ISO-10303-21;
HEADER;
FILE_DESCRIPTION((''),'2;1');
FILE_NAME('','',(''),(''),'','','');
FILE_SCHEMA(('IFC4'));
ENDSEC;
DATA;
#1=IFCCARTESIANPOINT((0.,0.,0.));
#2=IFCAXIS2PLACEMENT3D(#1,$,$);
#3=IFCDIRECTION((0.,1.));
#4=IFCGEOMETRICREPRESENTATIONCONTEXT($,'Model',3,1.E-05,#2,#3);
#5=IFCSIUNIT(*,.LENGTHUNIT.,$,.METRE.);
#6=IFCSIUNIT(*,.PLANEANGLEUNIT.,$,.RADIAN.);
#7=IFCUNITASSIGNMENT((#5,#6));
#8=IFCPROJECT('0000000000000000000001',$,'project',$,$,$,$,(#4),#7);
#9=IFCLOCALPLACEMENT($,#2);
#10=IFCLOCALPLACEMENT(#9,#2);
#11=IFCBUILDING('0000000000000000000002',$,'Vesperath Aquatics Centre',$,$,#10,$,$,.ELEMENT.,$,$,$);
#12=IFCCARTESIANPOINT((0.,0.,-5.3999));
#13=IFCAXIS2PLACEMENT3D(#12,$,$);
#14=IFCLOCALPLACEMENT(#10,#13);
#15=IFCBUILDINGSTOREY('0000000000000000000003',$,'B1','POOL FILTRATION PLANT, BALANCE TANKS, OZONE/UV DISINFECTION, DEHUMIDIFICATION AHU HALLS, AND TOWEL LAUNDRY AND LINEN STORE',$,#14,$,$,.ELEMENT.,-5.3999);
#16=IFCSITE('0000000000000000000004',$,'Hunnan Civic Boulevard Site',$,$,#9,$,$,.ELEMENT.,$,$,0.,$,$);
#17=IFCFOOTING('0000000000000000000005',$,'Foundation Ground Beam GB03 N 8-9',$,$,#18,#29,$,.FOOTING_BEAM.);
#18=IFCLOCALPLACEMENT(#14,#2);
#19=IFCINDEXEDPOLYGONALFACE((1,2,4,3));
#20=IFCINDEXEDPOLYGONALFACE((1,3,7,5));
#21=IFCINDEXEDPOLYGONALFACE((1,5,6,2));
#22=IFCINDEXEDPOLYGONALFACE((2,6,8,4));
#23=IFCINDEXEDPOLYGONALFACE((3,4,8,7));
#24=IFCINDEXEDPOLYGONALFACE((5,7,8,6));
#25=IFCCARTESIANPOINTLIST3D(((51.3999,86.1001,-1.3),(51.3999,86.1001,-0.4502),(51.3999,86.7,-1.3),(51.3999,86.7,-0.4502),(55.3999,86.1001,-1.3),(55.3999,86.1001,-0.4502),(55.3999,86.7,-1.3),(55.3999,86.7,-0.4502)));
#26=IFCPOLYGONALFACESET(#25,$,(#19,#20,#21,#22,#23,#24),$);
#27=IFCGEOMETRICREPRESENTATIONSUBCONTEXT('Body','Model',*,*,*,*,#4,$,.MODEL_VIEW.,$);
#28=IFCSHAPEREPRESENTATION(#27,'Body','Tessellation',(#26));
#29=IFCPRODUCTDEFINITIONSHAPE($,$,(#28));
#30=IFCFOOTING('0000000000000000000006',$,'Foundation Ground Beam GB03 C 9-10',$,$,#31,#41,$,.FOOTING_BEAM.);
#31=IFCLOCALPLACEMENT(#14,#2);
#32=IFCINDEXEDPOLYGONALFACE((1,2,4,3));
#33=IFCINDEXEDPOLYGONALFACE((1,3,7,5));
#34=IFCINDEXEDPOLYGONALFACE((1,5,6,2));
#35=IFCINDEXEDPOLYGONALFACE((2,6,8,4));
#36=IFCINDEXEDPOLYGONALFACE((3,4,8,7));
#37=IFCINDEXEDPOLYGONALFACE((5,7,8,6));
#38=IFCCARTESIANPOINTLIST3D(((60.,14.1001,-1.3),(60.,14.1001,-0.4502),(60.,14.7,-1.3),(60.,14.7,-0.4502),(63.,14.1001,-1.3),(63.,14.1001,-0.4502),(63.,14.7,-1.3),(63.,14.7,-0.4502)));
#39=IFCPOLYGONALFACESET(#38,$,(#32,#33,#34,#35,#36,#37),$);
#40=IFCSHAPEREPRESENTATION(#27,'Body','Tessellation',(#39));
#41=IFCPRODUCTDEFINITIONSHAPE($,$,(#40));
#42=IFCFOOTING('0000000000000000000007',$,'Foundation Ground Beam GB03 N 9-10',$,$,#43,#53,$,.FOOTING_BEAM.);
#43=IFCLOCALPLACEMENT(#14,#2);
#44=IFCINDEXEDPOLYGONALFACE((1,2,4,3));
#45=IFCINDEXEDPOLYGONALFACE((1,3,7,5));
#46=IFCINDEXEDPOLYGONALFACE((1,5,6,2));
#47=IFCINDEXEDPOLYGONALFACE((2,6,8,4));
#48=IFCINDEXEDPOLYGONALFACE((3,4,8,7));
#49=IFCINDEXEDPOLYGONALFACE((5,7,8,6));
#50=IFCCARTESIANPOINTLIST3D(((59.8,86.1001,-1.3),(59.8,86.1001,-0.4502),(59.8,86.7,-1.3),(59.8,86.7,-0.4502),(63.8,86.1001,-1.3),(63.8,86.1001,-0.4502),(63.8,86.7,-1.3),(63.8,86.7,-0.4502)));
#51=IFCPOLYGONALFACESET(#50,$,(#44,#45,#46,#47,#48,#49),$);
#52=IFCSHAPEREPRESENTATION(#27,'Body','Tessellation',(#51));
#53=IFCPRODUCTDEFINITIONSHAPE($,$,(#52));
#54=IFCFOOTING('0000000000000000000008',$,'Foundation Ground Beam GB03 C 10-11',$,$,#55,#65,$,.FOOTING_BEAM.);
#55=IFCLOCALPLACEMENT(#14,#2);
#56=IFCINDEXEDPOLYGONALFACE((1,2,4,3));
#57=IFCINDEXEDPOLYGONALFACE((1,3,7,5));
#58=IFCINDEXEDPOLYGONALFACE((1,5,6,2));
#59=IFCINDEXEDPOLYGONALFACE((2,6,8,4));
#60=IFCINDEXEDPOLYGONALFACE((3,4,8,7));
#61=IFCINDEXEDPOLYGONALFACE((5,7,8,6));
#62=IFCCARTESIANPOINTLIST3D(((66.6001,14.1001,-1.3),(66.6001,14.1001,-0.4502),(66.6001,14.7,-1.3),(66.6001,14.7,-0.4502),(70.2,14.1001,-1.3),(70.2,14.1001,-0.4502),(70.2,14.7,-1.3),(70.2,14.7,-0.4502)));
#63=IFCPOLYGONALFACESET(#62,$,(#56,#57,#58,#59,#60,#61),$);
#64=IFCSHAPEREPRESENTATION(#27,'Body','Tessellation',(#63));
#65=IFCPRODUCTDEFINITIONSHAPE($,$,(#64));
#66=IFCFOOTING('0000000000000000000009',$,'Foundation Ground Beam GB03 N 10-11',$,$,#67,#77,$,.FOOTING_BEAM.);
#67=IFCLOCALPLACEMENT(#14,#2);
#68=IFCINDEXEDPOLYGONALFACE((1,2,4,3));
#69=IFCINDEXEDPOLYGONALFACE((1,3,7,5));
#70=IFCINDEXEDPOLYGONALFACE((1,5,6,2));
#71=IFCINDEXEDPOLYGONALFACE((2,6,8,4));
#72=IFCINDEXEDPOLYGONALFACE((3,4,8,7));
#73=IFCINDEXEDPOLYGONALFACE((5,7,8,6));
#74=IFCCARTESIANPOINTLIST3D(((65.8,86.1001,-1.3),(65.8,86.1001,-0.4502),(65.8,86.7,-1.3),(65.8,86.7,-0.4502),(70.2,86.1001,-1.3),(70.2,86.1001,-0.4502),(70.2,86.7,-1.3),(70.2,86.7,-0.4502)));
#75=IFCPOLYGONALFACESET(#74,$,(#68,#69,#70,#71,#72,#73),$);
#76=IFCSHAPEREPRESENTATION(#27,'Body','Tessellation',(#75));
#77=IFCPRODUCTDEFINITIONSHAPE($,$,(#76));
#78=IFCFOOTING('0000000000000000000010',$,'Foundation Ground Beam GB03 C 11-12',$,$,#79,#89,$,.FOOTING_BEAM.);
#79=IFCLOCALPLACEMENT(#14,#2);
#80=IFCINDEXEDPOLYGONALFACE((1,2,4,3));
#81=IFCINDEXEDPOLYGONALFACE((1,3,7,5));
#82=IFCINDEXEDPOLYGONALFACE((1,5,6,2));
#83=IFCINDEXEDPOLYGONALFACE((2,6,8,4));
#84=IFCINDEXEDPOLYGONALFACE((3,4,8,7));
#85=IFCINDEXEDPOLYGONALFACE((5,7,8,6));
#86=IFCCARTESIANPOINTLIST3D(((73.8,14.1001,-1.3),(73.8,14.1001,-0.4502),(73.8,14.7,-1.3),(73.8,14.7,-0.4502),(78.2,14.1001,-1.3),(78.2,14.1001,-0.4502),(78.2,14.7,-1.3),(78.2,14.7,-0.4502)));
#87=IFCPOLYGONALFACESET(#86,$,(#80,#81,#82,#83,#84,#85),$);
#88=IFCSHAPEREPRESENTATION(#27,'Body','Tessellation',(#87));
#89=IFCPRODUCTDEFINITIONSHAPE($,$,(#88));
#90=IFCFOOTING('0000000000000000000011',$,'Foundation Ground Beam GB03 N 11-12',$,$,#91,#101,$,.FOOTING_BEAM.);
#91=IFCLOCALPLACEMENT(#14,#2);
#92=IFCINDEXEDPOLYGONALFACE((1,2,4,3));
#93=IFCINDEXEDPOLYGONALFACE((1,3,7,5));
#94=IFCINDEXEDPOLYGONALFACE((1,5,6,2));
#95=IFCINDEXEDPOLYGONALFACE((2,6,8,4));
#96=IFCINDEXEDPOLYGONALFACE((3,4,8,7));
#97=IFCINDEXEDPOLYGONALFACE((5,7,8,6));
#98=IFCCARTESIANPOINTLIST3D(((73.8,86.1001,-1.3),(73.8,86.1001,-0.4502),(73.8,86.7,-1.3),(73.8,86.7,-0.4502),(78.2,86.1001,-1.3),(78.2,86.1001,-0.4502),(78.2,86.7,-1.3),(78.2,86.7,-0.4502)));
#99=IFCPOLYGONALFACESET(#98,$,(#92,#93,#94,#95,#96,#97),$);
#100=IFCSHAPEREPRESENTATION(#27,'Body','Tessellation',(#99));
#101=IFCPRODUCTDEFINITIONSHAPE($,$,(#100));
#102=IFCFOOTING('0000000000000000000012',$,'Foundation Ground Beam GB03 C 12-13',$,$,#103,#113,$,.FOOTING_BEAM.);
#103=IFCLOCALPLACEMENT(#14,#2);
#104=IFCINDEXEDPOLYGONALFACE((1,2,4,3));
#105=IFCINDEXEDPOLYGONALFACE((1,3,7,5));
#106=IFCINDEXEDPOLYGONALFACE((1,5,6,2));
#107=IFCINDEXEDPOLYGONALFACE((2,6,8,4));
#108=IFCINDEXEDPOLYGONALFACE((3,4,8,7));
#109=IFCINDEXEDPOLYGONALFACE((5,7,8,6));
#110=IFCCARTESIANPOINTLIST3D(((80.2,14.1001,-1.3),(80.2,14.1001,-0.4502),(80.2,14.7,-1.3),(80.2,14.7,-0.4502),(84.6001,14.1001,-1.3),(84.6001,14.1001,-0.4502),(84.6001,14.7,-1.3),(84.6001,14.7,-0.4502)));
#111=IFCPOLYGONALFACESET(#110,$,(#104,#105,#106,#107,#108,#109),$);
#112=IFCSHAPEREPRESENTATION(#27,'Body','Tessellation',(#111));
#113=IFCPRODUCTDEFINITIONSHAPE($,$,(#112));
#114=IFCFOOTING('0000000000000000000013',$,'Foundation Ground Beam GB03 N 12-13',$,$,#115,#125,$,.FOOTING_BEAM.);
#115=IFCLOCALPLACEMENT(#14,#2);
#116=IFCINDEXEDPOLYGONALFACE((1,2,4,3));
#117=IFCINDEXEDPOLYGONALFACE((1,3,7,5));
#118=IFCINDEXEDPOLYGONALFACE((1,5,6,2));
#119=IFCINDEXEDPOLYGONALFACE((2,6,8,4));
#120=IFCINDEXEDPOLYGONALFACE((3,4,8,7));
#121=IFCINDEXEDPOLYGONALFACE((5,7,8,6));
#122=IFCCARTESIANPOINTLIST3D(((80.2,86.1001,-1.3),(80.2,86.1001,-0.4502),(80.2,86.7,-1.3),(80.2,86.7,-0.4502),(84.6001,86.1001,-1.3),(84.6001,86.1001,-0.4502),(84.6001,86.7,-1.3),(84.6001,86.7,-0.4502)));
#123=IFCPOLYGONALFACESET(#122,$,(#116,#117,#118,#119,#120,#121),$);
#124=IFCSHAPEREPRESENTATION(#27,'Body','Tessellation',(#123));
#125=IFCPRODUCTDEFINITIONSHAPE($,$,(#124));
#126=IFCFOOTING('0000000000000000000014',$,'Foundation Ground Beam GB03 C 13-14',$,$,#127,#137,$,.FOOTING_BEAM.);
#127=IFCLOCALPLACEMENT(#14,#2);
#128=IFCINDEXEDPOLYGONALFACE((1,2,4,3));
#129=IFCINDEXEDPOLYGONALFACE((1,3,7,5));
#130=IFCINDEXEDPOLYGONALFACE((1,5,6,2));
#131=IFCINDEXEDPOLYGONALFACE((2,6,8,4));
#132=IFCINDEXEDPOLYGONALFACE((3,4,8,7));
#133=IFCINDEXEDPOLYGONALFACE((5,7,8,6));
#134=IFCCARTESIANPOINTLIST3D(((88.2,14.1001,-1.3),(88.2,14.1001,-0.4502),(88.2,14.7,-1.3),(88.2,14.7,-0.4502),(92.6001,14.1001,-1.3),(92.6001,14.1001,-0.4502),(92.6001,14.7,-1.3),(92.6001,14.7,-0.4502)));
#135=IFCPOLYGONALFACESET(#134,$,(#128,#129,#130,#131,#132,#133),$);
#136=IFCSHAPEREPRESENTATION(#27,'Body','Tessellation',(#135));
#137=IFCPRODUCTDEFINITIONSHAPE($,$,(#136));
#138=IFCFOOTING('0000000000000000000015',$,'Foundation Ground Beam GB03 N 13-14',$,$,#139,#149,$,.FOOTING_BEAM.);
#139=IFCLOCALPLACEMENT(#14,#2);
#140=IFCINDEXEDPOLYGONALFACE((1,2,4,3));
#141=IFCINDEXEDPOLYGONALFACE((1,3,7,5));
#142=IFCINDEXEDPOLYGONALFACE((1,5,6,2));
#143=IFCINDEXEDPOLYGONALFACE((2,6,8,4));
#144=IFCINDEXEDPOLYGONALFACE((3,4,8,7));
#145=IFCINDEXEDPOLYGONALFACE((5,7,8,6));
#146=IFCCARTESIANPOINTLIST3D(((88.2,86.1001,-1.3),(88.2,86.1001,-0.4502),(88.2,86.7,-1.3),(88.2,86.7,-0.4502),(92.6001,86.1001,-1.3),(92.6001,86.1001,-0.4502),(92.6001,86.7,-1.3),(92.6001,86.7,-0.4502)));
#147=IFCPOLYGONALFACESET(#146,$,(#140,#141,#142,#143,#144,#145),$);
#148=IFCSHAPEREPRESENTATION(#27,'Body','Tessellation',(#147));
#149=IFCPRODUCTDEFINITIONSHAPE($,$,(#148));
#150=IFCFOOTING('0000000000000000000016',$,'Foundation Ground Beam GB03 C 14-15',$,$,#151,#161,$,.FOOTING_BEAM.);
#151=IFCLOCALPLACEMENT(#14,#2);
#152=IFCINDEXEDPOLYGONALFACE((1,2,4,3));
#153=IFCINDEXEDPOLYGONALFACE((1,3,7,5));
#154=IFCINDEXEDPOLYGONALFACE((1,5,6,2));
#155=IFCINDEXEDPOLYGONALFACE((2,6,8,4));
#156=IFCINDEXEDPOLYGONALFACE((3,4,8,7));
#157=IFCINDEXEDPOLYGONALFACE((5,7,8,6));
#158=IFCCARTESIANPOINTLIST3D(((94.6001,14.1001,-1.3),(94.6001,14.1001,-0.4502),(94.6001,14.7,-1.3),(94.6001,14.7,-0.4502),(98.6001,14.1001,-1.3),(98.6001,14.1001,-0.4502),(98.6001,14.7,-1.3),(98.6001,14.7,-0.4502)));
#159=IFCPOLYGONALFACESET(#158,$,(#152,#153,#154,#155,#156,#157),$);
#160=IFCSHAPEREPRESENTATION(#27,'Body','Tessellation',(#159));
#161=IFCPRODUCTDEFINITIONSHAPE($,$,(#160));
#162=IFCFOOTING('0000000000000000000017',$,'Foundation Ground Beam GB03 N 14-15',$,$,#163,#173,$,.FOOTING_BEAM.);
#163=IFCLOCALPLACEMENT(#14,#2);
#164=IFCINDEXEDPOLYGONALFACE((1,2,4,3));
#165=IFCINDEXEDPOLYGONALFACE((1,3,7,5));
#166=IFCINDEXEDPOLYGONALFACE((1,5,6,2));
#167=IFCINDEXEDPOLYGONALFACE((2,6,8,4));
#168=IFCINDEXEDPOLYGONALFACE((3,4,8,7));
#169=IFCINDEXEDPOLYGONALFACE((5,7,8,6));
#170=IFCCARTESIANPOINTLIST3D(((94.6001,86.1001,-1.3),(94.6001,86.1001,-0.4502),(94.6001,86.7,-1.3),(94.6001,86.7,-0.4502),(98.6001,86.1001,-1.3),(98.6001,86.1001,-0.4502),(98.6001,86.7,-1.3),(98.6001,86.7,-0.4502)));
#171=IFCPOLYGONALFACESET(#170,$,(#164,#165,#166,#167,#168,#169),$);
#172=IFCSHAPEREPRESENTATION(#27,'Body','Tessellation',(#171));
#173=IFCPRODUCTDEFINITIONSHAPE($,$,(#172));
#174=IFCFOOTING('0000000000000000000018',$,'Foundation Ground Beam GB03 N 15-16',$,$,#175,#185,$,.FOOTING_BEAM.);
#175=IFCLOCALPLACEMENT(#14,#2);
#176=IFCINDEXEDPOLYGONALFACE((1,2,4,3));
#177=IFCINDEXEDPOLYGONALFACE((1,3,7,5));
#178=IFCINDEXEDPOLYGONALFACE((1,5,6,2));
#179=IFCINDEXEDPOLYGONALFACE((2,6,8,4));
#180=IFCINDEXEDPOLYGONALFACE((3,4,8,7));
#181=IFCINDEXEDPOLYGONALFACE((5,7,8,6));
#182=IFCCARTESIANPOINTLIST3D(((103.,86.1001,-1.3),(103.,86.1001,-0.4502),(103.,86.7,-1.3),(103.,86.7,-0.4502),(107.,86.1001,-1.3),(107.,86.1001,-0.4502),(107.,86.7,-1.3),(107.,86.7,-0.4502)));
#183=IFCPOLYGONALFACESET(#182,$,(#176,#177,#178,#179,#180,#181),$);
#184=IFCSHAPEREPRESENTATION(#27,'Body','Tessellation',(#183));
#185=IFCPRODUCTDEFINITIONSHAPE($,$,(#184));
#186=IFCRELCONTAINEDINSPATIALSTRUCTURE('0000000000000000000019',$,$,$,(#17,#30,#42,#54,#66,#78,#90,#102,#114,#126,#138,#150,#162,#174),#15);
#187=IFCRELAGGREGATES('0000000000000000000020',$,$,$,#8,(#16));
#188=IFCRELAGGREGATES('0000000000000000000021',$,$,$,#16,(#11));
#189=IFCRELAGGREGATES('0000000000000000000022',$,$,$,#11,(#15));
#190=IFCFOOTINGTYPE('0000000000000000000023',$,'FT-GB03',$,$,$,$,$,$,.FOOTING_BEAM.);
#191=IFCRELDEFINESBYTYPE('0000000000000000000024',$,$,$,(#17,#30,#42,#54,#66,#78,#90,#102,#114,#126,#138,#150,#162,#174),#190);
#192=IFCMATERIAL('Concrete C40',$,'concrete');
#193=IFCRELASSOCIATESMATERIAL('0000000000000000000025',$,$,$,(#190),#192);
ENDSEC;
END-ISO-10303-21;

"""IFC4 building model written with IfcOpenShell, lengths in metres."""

from ifc_helpers import new_model, si_unit, direction, frame, origin, place, context, subcontext, project, spatial, polyline, outline, extrude, material, type_object, element, save


model = new_model("IFC4")

# Units and contexts
model_context = context("Model", 3, precision=1e-05, world=origin(), true_north=direction((0.0, 1.0)))
body_context = subcontext(model_context, "Body", "Model", "MODEL_VIEW")
ifc_project = project(units=[si_unit("LENGTHUNIT", "METRE"), si_unit("PLANEANGLEUNIT", "RADIAN")], contexts=[model_context])

# Site, building, storey
site_placement = place(None, origin())
site = spatial("IfcSite", under=ifc_project, at=site_placement, Name="Hunnan Civic Boulevard Site", CompositionType="ELEMENT", RefElevation=0.0)
building_placement = place(site_placement, origin())
building = spatial("IfcBuilding", under=site, at=building_placement, Name="Vesperath Aquatics Centre", CompositionType="ELEMENT")
storey_placement = place(building_placement, frame((0.0, 0.0, -5.3999)))
storey = spatial("IfcBuildingStorey", under=building, at=storey_placement, Name="B1", Description="POOL FILTRATION PLANT, BALANCE TANKS, OZONE/UV DISINFECTION, DEHUMIDIFICATION AHU HALLS, AND TOWEL LAUNDRY AND LINEN STORE", CompositionType="ELEMENT", Elevation=-5.3999)

# Footings
ifc_material = material(Name="Concrete C40", Category="concrete")
footing_type = type_object("IfcFootingType", Name="FT-GB03", PredefinedType="FOOTING_BEAM", material=ifc_material)
footing_1_placement = place(storey_placement, frame((0.0, 0.0, -1.3)))
element("IfcFooting", 1, at=footing_1_placement, inside=storey, type_object=footing_type, Name="Foundation Ground Beam GB03 N 8-9", PredefinedType="FOOTING_BEAM", context=body_context, shape_type="SweptSolid", body=[
    extrude(outline(polyline([(51.3999, 86.1001), (55.3999, 86.1001), (55.3999, 86.7), (51.3999, 86.7), (51.3999, 86.1001)])), origin(), (0.0, 0.0, 1.0), 0.8499),
])
footing_2_placement = place(storey_placement, frame((0.0, 0.0, -1.3)))
element("IfcFooting", 2, at=footing_2_placement, inside=storey, type_object=footing_type, Name="Foundation Ground Beam GB03 C 9-10", PredefinedType="FOOTING_BEAM", context=body_context, shape_type="SweptSolid", body=[
    extrude(outline(polyline([(60.0, 14.1001), (63.0, 14.1001), (63.0, 14.7), (60.0, 14.7), (60.0, 14.1001)])), origin(), (0.0, 0.0, 1.0), 0.8499),
])
footing_3_placement = place(storey_placement, frame((0.0, 0.0, -1.3)))
element("IfcFooting", 3, at=footing_3_placement, inside=storey, type_object=footing_type, Name="Foundation Ground Beam GB03 N 9-10", PredefinedType="FOOTING_BEAM", context=body_context, shape_type="SweptSolid", body=[
    extrude(outline(polyline([(59.8, 86.1001), (63.8, 86.1001), (63.8, 86.7), (59.8, 86.7), (59.8, 86.1001)])), origin(), (0.0, 0.0, 1.0), 0.8499),
])
footing_4_placement = place(storey_placement, frame((0.0, 0.0, -1.3)))
element("IfcFooting", 4, at=footing_4_placement, inside=storey, type_object=footing_type, Name="Foundation Ground Beam GB03 C 10-11", PredefinedType="FOOTING_BEAM", context=body_context, shape_type="SweptSolid", body=[
    extrude(outline(polyline([(66.6001, 14.1001), (70.2, 14.1001), (70.2, 14.7), (66.6001, 14.7), (66.6001, 14.1001)])), origin(), (0.0, 0.0, 1.0), 0.8499),
])
footing_5_placement = place(storey_placement, frame((0.0, 0.0, -1.3)))
element("IfcFooting", 5, at=footing_5_placement, inside=storey, type_object=footing_type, Name="Foundation Ground Beam GB03 N 10-11", PredefinedType="FOOTING_BEAM", context=body_context, shape_type="SweptSolid", body=[
    extrude(outline(polyline([(65.8, 86.1001), (70.2, 86.1001), (70.2, 86.7), (65.8, 86.7), (65.8, 86.1001)])), origin(), (0.0, 0.0, 1.0), 0.8499),
])
footing_6_placement = place(storey_placement, frame((0.0, 0.0, -1.3)))
element("IfcFooting", 6, at=footing_6_placement, inside=storey, type_object=footing_type, Name="Foundation Ground Beam GB03 C 11-12", PredefinedType="FOOTING_BEAM", context=body_context, shape_type="SweptSolid", body=[
    extrude(outline(polyline([(73.8, 14.1001), (78.2, 14.1001), (78.2, 14.7), (73.8, 14.7), (73.8, 14.1001)])), origin(), (0.0, 0.0, 1.0), 0.8499),
])
footing_7_placement = place(storey_placement, frame((0.0, 0.0, -1.3)))
element("IfcFooting", 7, at=footing_7_placement, inside=storey, type_object=footing_type, Name="Foundation Ground Beam GB03 N 11-12", PredefinedType="FOOTING_BEAM", context=body_context, shape_type="SweptSolid", body=[
    extrude(outline(polyline([(73.8, 86.1001), (78.2, 86.1001), (78.2, 86.7), (73.8, 86.7), (73.8, 86.1001)])), origin(), (0.0, 0.0, 1.0), 0.8499),
])
footing_8_placement = place(storey_placement, frame((0.0, 0.0, -1.3)))
element("IfcFooting", 8, at=footing_8_placement, inside=storey, type_object=footing_type, Name="Foundation Ground Beam GB03 C 12-13", PredefinedType="FOOTING_BEAM", context=body_context, shape_type="SweptSolid", body=[
    extrude(outline(polyline([(80.2, 14.1001), (84.6001, 14.1001), (84.6001, 14.7), (80.2, 14.7), (80.2, 14.1001)])), origin(), (0.0, 0.0, 1.0), 0.8499),
])
footing_9_placement = place(storey_placement, frame((0.0, 0.0, -1.3)))
element("IfcFooting", 9, at=footing_9_placement, inside=storey, type_object=footing_type, Name="Foundation Ground Beam GB03 N 12-13", PredefinedType="FOOTING_BEAM", context=body_context, shape_type="SweptSolid", body=[
    extrude(outline(polyline([(80.2, 86.1001), (84.6001, 86.1001), (84.6001, 86.7), (80.2, 86.7), (80.2, 86.1001)])), origin(), (0.0, 0.0, 1.0), 0.8499),
])
footing_10_placement = place(storey_placement, frame((0.0, 0.0, -1.3)))
element("IfcFooting", 10, at=footing_10_placement, inside=storey, type_object=footing_type, Name="Foundation Ground Beam GB03 C 13-14", PredefinedType="FOOTING_BEAM", context=body_context, shape_type="SweptSolid", body=[
    extrude(outline(polyline([(88.2, 14.1001), (92.6001, 14.1001), (92.6001, 14.7), (88.2, 14.7), (88.2, 14.1001)])), origin(), (0.0, 0.0, 1.0), 0.8499),
])
footing_11_placement = place(storey_placement, frame((0.0, 0.0, -1.3)))
element("IfcFooting", 11, at=footing_11_placement, inside=storey, type_object=footing_type, Name="Foundation Ground Beam GB03 N 13-14", PredefinedType="FOOTING_BEAM", context=body_context, shape_type="SweptSolid", body=[
    extrude(outline(polyline([(88.2, 86.1001), (92.6001, 86.1001), (92.6001, 86.7), (88.2, 86.7), (88.2, 86.1001)])), origin(), (0.0, 0.0, 1.0), 0.8499),
])
footing_12_placement = place(storey_placement, frame((0.0, 0.0, -1.3)))
element("IfcFooting", 12, at=footing_12_placement, inside=storey, type_object=footing_type, Name="Foundation Ground Beam GB03 C 14-15", PredefinedType="FOOTING_BEAM", context=body_context, shape_type="SweptSolid", body=[
    extrude(outline(polyline([(94.6001, 14.1001), (98.6001, 14.1001), (98.6001, 14.7), (94.6001, 14.7), (94.6001, 14.1001)])), origin(), (0.0, 0.0, 1.0), 0.8499),
])
footing_13_placement = place(storey_placement, frame((0.0, 0.0, -1.3)))
element("IfcFooting", 13, at=footing_13_placement, inside=storey, type_object=footing_type, Name="Foundation Ground Beam GB03 N 14-15", PredefinedType="FOOTING_BEAM", context=body_context, shape_type="SweptSolid", body=[
    extrude(outline(polyline([(94.6001, 86.1001), (98.6001, 86.1001), (98.6001, 86.7), (94.6001, 86.7), (94.6001, 86.1001)])), origin(), (0.0, 0.0, 1.0), 0.8499),
])
footing_14_placement = place(storey_placement, frame((0.0, 0.0, -1.3)))
element("IfcFooting", 14, at=footing_14_placement, inside=storey, type_object=footing_type, Name="Foundation Ground Beam GB03 N 15-16", PredefinedType="FOOTING_BEAM", context=body_context, shape_type="SweptSolid", body=[
    extrude(outline(polyline([(103.0, 86.1001), (107.0, 86.1001), (107.0, 86.7), (103.0, 86.7), (103.0, 86.1001)])), origin(), (0.0, 0.0, 1.0), 0.8499),
])

save(model, "model.ifc")
